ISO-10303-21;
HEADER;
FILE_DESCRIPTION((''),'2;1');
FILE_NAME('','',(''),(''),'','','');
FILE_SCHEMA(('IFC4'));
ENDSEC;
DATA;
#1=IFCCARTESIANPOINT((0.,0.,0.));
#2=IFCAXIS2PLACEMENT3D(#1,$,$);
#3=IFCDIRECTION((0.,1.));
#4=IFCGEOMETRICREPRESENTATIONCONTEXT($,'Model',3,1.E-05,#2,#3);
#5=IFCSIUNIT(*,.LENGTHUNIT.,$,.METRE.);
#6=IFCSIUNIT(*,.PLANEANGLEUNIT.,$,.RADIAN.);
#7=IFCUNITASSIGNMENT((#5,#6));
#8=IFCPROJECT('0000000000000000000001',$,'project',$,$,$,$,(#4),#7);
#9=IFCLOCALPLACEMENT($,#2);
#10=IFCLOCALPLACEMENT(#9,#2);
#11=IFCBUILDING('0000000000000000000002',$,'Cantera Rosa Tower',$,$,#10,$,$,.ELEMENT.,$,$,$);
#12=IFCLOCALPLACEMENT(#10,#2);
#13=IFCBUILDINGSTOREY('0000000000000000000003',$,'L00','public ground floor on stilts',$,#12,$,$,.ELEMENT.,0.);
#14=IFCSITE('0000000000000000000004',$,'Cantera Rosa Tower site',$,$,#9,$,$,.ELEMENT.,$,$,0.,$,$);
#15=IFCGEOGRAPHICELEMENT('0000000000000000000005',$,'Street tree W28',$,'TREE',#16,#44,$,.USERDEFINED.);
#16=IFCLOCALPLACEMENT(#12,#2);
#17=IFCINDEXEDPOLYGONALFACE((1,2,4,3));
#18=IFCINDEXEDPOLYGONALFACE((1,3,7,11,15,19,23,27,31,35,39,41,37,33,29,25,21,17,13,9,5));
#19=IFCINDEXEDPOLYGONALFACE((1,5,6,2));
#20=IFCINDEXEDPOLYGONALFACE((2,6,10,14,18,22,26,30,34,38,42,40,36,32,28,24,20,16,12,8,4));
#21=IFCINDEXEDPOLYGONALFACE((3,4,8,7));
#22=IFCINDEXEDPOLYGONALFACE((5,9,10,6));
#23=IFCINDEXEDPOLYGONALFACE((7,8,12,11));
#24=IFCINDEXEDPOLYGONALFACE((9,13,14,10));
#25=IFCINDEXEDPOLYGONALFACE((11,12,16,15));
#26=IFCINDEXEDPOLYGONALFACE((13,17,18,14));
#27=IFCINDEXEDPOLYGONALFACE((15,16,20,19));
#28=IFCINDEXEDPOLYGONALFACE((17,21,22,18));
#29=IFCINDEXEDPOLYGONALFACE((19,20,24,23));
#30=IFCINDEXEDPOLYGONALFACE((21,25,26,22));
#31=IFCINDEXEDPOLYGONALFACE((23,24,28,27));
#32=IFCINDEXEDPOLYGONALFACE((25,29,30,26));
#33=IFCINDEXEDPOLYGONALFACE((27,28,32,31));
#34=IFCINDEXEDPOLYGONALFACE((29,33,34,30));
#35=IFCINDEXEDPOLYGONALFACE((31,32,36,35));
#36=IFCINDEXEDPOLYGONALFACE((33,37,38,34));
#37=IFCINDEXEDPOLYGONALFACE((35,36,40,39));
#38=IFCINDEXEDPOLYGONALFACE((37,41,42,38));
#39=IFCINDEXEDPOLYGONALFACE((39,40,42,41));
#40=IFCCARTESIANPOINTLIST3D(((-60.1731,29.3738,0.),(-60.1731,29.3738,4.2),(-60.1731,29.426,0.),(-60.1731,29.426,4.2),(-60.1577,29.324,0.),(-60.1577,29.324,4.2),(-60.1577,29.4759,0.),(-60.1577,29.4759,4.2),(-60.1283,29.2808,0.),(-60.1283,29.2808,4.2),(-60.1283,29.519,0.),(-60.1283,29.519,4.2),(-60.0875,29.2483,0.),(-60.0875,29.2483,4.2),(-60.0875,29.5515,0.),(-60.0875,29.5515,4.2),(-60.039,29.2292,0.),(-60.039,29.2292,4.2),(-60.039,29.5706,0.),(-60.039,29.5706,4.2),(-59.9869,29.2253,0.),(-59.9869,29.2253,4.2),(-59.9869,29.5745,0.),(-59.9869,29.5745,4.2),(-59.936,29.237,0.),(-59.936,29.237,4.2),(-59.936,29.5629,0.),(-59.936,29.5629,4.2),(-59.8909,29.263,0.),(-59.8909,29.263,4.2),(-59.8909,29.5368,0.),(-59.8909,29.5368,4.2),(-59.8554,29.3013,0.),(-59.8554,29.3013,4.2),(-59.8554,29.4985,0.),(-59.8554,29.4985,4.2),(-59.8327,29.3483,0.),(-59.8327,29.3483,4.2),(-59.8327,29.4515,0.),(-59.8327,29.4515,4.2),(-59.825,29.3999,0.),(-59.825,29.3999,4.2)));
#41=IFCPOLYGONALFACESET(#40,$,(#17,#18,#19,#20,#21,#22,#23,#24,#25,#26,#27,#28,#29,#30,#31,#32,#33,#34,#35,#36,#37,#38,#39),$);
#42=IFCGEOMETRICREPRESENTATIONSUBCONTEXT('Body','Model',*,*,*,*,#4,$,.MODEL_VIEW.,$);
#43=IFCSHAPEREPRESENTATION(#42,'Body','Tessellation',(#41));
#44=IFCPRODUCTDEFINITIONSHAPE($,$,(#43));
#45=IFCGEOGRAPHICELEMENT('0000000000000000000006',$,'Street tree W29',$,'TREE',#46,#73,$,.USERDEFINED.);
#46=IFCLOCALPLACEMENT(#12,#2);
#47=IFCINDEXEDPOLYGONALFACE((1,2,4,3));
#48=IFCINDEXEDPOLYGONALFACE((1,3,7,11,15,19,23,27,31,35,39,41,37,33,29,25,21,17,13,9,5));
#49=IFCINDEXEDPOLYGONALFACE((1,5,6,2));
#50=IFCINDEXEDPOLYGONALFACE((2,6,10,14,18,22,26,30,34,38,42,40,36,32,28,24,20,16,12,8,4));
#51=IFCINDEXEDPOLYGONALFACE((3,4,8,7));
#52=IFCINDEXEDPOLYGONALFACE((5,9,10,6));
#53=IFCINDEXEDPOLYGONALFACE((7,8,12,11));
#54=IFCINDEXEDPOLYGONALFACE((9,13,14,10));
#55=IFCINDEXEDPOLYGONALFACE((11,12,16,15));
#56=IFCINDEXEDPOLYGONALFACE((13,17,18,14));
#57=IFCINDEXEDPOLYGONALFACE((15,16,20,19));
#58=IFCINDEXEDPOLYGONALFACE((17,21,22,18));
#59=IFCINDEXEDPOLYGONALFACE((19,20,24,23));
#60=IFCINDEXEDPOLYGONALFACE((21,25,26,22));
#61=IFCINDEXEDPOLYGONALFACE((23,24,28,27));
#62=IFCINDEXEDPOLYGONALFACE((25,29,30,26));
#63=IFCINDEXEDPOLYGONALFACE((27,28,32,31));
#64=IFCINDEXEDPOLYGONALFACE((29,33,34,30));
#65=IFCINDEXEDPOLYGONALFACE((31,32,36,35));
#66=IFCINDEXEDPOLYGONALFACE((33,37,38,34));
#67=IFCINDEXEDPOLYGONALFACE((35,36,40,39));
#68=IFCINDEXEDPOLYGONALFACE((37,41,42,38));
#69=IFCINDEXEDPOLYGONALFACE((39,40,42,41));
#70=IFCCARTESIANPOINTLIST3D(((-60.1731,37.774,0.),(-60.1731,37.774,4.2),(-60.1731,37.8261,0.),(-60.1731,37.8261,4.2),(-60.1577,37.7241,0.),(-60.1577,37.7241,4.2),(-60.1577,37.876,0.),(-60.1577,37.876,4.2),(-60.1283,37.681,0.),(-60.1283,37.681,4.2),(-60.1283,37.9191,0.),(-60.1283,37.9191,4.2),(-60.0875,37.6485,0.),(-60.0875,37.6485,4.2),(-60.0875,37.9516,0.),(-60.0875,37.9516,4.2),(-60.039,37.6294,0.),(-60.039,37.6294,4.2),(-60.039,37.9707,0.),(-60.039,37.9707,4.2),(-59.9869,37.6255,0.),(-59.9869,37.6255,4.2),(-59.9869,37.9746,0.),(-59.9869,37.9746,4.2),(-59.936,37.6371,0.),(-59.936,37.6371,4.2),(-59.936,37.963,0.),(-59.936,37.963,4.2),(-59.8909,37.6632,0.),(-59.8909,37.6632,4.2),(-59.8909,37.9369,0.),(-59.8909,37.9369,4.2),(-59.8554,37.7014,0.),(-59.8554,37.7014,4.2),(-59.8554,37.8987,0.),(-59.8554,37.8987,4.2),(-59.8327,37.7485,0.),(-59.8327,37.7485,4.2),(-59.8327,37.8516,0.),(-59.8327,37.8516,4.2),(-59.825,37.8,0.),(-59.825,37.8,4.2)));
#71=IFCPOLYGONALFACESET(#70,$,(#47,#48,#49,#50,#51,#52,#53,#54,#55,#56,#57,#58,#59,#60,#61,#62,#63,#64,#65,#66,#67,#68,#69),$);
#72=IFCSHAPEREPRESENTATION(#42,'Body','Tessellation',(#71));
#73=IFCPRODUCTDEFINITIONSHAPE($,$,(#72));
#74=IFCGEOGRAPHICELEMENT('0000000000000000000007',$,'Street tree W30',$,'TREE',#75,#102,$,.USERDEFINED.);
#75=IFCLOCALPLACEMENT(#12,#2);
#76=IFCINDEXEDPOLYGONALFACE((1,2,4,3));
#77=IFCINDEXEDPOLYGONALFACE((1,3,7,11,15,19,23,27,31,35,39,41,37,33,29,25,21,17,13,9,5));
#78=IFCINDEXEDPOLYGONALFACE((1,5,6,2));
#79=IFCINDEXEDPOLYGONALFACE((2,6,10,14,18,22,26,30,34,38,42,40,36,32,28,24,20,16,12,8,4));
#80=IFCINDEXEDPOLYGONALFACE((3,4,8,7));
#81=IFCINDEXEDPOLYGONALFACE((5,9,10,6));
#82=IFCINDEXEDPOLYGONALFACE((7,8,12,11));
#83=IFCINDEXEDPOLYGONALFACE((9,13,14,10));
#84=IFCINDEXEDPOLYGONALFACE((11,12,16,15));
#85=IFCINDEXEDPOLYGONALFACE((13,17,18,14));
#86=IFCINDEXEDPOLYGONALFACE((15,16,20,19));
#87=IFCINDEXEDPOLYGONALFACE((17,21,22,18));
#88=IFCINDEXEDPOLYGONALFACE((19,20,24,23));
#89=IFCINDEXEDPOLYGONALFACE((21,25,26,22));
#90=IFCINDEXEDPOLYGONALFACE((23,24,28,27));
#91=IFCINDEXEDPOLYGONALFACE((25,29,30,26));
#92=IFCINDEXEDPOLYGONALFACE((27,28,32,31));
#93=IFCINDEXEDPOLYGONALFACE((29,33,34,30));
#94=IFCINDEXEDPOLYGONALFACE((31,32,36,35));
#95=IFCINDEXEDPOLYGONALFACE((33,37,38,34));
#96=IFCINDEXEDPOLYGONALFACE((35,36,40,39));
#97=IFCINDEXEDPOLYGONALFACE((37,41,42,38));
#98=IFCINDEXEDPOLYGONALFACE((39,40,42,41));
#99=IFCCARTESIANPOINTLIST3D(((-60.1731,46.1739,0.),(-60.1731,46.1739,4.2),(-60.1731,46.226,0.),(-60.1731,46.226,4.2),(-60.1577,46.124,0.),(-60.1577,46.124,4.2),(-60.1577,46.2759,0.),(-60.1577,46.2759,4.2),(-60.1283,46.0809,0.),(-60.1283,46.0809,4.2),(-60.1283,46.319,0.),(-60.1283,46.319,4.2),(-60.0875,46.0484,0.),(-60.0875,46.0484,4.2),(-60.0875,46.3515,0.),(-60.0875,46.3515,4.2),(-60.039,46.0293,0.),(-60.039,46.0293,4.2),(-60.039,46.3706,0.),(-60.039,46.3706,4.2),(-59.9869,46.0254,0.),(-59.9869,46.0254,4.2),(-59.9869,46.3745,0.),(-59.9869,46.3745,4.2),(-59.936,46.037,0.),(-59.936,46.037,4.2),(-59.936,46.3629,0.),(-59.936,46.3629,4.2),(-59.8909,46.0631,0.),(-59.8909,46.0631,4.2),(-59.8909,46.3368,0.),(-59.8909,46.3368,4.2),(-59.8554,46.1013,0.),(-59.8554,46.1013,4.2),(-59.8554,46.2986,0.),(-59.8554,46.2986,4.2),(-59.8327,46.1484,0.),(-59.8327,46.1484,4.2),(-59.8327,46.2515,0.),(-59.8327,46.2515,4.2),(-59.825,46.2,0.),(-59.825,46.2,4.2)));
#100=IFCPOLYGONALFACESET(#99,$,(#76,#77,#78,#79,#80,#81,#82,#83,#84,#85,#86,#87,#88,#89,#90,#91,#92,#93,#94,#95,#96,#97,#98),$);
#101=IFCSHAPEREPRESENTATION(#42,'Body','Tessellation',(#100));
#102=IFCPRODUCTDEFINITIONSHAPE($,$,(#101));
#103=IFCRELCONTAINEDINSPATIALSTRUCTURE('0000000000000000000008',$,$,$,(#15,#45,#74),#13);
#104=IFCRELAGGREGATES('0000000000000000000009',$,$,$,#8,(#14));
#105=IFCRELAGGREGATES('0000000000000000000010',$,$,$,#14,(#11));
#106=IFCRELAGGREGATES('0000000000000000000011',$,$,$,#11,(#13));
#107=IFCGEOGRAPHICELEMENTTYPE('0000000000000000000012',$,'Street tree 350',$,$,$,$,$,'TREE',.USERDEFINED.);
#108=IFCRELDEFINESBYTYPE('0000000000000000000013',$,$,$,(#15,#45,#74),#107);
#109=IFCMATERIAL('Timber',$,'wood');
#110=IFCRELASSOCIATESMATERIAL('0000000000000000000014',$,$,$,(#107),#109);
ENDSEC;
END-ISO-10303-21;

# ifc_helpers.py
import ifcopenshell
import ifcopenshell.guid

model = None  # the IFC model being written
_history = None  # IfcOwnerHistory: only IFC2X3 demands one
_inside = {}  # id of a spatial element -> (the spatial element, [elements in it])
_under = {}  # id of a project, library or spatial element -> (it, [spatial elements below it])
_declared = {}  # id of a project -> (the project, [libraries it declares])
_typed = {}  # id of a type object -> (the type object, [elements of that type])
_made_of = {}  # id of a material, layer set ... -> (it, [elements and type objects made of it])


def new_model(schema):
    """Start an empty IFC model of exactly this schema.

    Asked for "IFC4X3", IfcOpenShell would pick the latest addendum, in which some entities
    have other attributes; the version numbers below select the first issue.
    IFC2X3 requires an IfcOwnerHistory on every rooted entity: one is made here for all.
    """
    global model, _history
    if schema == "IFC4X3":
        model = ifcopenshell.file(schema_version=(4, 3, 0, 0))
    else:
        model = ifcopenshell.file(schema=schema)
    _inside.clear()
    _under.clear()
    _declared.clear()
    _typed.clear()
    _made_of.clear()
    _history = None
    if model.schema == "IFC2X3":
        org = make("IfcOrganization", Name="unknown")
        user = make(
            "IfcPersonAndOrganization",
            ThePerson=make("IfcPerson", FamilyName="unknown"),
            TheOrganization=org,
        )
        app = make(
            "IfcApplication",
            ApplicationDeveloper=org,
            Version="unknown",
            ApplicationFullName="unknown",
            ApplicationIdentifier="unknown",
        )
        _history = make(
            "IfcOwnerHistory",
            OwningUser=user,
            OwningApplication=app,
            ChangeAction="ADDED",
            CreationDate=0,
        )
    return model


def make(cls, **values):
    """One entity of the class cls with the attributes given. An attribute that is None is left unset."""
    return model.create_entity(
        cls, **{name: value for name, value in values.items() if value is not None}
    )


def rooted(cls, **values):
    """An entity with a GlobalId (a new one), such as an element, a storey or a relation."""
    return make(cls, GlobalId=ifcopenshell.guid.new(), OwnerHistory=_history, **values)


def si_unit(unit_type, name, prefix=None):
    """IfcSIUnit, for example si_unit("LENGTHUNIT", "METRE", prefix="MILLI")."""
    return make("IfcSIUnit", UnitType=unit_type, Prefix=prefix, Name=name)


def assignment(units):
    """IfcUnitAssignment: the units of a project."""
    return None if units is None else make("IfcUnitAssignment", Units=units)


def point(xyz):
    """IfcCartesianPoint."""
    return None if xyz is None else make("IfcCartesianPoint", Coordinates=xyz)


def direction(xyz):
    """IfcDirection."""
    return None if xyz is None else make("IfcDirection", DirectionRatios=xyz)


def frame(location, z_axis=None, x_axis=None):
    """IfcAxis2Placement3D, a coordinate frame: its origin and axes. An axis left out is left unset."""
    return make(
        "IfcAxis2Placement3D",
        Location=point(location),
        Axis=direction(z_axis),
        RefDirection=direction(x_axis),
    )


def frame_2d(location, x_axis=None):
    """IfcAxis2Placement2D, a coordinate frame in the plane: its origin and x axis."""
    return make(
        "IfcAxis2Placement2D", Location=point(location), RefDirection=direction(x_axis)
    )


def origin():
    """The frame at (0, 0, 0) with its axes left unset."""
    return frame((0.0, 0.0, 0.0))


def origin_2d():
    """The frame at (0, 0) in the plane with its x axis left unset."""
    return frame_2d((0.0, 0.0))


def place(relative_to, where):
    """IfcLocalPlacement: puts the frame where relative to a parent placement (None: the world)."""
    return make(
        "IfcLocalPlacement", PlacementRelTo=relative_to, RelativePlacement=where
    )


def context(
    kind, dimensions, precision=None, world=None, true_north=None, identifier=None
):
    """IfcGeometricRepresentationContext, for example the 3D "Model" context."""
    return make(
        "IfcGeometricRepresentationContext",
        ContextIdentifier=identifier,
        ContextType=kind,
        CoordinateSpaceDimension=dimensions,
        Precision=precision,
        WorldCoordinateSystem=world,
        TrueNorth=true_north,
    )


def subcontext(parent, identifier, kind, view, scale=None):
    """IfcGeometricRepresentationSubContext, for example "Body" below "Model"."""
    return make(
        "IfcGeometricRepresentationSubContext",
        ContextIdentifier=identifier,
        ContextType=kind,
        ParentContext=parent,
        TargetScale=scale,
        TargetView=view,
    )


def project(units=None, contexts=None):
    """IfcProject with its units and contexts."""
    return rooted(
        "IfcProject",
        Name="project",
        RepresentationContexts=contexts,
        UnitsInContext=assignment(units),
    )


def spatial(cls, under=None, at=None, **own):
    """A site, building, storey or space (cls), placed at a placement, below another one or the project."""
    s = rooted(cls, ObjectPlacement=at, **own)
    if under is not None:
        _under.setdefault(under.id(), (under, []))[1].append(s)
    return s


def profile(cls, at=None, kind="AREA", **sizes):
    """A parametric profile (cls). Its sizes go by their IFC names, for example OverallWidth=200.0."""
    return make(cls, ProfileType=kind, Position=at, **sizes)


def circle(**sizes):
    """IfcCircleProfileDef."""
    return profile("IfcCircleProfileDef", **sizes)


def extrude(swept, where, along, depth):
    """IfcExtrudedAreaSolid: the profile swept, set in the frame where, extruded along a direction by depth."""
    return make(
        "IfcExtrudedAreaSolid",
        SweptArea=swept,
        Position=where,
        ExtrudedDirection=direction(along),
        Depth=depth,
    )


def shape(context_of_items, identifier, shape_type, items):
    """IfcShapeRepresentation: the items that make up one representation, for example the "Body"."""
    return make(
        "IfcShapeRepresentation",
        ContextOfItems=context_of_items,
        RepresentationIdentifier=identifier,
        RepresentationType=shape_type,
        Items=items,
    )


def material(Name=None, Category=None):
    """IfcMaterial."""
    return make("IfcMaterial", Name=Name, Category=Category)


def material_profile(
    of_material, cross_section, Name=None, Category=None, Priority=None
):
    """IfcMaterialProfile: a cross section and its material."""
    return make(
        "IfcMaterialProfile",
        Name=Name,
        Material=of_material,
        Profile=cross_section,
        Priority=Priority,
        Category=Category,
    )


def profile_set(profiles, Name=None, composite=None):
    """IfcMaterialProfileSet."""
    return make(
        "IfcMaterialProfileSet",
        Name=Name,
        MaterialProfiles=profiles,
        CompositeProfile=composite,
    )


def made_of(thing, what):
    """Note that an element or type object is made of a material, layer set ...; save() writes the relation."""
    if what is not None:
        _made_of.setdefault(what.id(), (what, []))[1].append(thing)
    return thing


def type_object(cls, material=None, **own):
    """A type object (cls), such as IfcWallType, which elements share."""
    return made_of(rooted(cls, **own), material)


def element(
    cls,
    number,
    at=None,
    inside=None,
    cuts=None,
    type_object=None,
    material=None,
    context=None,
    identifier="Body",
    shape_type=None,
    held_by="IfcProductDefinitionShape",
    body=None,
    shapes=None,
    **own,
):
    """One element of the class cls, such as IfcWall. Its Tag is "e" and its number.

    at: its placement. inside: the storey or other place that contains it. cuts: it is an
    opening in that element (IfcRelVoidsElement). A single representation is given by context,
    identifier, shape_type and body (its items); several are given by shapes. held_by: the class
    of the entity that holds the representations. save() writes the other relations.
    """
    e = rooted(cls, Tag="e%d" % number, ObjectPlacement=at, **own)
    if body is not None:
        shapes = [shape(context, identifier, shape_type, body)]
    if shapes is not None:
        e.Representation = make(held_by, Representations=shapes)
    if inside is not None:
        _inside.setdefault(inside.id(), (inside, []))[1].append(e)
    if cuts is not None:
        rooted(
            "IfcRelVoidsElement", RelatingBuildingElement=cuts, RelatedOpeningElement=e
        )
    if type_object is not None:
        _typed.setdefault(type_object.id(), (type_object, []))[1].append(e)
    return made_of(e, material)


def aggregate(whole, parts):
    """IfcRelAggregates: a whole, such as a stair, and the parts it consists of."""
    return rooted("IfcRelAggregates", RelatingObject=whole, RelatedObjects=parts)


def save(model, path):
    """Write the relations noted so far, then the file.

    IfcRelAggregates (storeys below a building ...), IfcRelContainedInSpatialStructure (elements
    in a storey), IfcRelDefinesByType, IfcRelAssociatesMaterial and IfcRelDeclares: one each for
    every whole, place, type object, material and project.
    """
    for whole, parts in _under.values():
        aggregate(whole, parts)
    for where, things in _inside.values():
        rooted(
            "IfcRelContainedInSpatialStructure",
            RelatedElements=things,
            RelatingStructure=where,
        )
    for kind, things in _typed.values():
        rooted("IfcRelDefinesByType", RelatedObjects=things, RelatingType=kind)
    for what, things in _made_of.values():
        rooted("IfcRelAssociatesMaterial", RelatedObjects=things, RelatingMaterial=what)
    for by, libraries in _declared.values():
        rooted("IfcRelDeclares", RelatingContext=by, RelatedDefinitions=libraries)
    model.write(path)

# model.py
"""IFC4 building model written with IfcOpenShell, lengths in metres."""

from ifc_helpers import new_model, si_unit, direction, frame, origin, origin_2d, place, context, subcontext, project, spatial, circle, extrude, material, material_profile, profile_set, type_object, element, save


model = new_model("IFC4")

# Units and contexts
model_context = context("Model", 3, precision=1e-05, world=origin(), true_north=direction((0.0, 1.0)))
body_context = subcontext(model_context, "Body", "Model", "MODEL_VIEW")
ifc_project = project(units=[si_unit("LENGTHUNIT", "METRE"), si_unit("PLANEANGLEUNIT", "RADIAN")], contexts=[model_context])

# Site, building, storey
site_placement = place(None, origin())
site = spatial("IfcSite", under=ifc_project, at=site_placement, Name="Cantera Rosa Tower site", CompositionType="ELEMENT", RefElevation=0.0)
building_placement = place(site_placement, origin())
building = spatial("IfcBuilding", under=site, at=building_placement, Name="Cantera Rosa Tower", CompositionType="ELEMENT")
storey_placement = place(building_placement, origin())
storey = spatial("IfcBuildingStorey", under=building, at=storey_placement, Name="L00", Description="public ground floor on stilts", CompositionType="ELEMENT", Elevation=0.0)

# Geographic elements
ifc_material_1 = material(Name="Timber", Category="wood")
ifc_material_profile_1 = material_profile(ifc_material_1, circle(Radius=0.175, at=origin_2d()), Name="Street tree 350")
ifc_profile_set_1 = profile_set([ifc_material_profile_1], Name="Timber")
geographic_element_type = type_object("IfcGeographicElementType", Name="Street tree 350", ElementType="TREE", PredefinedType="USERDEFINED", material=ifc_profile_set_1)
for number, where, z_axis, x_axis, name in (
    (1, (-60.0, 29.3999, 0.0), (0.0, 0.0, 1.0), (1.0, 0.0, 0.0), "Street tree W28"),
    (2, (-60.0, 37.8, 0.0), (0.0, 0.0, 1.0), (1.0, 0.0, 0.0), "Street tree W29"),
    (3, (-60.0, 46.2, 0.0), (0.0, 0.0, 1.0), (1.0, 0.0, 0.0), "Street tree W30"),
):
    element("IfcGeographicElement", number, at=place(storey_placement, frame(where, z_axis=z_axis, x_axis=x_axis)), inside=storey, type_object=geographic_element_type, Name=name, ObjectType="TREE", PredefinedType="USERDEFINED", context=body_context, shape_type="SweptSolid", body=[
        extrude(circle(Radius=0.175, at=origin_2d()), origin(), (0.0, 0.0, 1.0), 4.2),
    ])

save(model, "model.ifc")
